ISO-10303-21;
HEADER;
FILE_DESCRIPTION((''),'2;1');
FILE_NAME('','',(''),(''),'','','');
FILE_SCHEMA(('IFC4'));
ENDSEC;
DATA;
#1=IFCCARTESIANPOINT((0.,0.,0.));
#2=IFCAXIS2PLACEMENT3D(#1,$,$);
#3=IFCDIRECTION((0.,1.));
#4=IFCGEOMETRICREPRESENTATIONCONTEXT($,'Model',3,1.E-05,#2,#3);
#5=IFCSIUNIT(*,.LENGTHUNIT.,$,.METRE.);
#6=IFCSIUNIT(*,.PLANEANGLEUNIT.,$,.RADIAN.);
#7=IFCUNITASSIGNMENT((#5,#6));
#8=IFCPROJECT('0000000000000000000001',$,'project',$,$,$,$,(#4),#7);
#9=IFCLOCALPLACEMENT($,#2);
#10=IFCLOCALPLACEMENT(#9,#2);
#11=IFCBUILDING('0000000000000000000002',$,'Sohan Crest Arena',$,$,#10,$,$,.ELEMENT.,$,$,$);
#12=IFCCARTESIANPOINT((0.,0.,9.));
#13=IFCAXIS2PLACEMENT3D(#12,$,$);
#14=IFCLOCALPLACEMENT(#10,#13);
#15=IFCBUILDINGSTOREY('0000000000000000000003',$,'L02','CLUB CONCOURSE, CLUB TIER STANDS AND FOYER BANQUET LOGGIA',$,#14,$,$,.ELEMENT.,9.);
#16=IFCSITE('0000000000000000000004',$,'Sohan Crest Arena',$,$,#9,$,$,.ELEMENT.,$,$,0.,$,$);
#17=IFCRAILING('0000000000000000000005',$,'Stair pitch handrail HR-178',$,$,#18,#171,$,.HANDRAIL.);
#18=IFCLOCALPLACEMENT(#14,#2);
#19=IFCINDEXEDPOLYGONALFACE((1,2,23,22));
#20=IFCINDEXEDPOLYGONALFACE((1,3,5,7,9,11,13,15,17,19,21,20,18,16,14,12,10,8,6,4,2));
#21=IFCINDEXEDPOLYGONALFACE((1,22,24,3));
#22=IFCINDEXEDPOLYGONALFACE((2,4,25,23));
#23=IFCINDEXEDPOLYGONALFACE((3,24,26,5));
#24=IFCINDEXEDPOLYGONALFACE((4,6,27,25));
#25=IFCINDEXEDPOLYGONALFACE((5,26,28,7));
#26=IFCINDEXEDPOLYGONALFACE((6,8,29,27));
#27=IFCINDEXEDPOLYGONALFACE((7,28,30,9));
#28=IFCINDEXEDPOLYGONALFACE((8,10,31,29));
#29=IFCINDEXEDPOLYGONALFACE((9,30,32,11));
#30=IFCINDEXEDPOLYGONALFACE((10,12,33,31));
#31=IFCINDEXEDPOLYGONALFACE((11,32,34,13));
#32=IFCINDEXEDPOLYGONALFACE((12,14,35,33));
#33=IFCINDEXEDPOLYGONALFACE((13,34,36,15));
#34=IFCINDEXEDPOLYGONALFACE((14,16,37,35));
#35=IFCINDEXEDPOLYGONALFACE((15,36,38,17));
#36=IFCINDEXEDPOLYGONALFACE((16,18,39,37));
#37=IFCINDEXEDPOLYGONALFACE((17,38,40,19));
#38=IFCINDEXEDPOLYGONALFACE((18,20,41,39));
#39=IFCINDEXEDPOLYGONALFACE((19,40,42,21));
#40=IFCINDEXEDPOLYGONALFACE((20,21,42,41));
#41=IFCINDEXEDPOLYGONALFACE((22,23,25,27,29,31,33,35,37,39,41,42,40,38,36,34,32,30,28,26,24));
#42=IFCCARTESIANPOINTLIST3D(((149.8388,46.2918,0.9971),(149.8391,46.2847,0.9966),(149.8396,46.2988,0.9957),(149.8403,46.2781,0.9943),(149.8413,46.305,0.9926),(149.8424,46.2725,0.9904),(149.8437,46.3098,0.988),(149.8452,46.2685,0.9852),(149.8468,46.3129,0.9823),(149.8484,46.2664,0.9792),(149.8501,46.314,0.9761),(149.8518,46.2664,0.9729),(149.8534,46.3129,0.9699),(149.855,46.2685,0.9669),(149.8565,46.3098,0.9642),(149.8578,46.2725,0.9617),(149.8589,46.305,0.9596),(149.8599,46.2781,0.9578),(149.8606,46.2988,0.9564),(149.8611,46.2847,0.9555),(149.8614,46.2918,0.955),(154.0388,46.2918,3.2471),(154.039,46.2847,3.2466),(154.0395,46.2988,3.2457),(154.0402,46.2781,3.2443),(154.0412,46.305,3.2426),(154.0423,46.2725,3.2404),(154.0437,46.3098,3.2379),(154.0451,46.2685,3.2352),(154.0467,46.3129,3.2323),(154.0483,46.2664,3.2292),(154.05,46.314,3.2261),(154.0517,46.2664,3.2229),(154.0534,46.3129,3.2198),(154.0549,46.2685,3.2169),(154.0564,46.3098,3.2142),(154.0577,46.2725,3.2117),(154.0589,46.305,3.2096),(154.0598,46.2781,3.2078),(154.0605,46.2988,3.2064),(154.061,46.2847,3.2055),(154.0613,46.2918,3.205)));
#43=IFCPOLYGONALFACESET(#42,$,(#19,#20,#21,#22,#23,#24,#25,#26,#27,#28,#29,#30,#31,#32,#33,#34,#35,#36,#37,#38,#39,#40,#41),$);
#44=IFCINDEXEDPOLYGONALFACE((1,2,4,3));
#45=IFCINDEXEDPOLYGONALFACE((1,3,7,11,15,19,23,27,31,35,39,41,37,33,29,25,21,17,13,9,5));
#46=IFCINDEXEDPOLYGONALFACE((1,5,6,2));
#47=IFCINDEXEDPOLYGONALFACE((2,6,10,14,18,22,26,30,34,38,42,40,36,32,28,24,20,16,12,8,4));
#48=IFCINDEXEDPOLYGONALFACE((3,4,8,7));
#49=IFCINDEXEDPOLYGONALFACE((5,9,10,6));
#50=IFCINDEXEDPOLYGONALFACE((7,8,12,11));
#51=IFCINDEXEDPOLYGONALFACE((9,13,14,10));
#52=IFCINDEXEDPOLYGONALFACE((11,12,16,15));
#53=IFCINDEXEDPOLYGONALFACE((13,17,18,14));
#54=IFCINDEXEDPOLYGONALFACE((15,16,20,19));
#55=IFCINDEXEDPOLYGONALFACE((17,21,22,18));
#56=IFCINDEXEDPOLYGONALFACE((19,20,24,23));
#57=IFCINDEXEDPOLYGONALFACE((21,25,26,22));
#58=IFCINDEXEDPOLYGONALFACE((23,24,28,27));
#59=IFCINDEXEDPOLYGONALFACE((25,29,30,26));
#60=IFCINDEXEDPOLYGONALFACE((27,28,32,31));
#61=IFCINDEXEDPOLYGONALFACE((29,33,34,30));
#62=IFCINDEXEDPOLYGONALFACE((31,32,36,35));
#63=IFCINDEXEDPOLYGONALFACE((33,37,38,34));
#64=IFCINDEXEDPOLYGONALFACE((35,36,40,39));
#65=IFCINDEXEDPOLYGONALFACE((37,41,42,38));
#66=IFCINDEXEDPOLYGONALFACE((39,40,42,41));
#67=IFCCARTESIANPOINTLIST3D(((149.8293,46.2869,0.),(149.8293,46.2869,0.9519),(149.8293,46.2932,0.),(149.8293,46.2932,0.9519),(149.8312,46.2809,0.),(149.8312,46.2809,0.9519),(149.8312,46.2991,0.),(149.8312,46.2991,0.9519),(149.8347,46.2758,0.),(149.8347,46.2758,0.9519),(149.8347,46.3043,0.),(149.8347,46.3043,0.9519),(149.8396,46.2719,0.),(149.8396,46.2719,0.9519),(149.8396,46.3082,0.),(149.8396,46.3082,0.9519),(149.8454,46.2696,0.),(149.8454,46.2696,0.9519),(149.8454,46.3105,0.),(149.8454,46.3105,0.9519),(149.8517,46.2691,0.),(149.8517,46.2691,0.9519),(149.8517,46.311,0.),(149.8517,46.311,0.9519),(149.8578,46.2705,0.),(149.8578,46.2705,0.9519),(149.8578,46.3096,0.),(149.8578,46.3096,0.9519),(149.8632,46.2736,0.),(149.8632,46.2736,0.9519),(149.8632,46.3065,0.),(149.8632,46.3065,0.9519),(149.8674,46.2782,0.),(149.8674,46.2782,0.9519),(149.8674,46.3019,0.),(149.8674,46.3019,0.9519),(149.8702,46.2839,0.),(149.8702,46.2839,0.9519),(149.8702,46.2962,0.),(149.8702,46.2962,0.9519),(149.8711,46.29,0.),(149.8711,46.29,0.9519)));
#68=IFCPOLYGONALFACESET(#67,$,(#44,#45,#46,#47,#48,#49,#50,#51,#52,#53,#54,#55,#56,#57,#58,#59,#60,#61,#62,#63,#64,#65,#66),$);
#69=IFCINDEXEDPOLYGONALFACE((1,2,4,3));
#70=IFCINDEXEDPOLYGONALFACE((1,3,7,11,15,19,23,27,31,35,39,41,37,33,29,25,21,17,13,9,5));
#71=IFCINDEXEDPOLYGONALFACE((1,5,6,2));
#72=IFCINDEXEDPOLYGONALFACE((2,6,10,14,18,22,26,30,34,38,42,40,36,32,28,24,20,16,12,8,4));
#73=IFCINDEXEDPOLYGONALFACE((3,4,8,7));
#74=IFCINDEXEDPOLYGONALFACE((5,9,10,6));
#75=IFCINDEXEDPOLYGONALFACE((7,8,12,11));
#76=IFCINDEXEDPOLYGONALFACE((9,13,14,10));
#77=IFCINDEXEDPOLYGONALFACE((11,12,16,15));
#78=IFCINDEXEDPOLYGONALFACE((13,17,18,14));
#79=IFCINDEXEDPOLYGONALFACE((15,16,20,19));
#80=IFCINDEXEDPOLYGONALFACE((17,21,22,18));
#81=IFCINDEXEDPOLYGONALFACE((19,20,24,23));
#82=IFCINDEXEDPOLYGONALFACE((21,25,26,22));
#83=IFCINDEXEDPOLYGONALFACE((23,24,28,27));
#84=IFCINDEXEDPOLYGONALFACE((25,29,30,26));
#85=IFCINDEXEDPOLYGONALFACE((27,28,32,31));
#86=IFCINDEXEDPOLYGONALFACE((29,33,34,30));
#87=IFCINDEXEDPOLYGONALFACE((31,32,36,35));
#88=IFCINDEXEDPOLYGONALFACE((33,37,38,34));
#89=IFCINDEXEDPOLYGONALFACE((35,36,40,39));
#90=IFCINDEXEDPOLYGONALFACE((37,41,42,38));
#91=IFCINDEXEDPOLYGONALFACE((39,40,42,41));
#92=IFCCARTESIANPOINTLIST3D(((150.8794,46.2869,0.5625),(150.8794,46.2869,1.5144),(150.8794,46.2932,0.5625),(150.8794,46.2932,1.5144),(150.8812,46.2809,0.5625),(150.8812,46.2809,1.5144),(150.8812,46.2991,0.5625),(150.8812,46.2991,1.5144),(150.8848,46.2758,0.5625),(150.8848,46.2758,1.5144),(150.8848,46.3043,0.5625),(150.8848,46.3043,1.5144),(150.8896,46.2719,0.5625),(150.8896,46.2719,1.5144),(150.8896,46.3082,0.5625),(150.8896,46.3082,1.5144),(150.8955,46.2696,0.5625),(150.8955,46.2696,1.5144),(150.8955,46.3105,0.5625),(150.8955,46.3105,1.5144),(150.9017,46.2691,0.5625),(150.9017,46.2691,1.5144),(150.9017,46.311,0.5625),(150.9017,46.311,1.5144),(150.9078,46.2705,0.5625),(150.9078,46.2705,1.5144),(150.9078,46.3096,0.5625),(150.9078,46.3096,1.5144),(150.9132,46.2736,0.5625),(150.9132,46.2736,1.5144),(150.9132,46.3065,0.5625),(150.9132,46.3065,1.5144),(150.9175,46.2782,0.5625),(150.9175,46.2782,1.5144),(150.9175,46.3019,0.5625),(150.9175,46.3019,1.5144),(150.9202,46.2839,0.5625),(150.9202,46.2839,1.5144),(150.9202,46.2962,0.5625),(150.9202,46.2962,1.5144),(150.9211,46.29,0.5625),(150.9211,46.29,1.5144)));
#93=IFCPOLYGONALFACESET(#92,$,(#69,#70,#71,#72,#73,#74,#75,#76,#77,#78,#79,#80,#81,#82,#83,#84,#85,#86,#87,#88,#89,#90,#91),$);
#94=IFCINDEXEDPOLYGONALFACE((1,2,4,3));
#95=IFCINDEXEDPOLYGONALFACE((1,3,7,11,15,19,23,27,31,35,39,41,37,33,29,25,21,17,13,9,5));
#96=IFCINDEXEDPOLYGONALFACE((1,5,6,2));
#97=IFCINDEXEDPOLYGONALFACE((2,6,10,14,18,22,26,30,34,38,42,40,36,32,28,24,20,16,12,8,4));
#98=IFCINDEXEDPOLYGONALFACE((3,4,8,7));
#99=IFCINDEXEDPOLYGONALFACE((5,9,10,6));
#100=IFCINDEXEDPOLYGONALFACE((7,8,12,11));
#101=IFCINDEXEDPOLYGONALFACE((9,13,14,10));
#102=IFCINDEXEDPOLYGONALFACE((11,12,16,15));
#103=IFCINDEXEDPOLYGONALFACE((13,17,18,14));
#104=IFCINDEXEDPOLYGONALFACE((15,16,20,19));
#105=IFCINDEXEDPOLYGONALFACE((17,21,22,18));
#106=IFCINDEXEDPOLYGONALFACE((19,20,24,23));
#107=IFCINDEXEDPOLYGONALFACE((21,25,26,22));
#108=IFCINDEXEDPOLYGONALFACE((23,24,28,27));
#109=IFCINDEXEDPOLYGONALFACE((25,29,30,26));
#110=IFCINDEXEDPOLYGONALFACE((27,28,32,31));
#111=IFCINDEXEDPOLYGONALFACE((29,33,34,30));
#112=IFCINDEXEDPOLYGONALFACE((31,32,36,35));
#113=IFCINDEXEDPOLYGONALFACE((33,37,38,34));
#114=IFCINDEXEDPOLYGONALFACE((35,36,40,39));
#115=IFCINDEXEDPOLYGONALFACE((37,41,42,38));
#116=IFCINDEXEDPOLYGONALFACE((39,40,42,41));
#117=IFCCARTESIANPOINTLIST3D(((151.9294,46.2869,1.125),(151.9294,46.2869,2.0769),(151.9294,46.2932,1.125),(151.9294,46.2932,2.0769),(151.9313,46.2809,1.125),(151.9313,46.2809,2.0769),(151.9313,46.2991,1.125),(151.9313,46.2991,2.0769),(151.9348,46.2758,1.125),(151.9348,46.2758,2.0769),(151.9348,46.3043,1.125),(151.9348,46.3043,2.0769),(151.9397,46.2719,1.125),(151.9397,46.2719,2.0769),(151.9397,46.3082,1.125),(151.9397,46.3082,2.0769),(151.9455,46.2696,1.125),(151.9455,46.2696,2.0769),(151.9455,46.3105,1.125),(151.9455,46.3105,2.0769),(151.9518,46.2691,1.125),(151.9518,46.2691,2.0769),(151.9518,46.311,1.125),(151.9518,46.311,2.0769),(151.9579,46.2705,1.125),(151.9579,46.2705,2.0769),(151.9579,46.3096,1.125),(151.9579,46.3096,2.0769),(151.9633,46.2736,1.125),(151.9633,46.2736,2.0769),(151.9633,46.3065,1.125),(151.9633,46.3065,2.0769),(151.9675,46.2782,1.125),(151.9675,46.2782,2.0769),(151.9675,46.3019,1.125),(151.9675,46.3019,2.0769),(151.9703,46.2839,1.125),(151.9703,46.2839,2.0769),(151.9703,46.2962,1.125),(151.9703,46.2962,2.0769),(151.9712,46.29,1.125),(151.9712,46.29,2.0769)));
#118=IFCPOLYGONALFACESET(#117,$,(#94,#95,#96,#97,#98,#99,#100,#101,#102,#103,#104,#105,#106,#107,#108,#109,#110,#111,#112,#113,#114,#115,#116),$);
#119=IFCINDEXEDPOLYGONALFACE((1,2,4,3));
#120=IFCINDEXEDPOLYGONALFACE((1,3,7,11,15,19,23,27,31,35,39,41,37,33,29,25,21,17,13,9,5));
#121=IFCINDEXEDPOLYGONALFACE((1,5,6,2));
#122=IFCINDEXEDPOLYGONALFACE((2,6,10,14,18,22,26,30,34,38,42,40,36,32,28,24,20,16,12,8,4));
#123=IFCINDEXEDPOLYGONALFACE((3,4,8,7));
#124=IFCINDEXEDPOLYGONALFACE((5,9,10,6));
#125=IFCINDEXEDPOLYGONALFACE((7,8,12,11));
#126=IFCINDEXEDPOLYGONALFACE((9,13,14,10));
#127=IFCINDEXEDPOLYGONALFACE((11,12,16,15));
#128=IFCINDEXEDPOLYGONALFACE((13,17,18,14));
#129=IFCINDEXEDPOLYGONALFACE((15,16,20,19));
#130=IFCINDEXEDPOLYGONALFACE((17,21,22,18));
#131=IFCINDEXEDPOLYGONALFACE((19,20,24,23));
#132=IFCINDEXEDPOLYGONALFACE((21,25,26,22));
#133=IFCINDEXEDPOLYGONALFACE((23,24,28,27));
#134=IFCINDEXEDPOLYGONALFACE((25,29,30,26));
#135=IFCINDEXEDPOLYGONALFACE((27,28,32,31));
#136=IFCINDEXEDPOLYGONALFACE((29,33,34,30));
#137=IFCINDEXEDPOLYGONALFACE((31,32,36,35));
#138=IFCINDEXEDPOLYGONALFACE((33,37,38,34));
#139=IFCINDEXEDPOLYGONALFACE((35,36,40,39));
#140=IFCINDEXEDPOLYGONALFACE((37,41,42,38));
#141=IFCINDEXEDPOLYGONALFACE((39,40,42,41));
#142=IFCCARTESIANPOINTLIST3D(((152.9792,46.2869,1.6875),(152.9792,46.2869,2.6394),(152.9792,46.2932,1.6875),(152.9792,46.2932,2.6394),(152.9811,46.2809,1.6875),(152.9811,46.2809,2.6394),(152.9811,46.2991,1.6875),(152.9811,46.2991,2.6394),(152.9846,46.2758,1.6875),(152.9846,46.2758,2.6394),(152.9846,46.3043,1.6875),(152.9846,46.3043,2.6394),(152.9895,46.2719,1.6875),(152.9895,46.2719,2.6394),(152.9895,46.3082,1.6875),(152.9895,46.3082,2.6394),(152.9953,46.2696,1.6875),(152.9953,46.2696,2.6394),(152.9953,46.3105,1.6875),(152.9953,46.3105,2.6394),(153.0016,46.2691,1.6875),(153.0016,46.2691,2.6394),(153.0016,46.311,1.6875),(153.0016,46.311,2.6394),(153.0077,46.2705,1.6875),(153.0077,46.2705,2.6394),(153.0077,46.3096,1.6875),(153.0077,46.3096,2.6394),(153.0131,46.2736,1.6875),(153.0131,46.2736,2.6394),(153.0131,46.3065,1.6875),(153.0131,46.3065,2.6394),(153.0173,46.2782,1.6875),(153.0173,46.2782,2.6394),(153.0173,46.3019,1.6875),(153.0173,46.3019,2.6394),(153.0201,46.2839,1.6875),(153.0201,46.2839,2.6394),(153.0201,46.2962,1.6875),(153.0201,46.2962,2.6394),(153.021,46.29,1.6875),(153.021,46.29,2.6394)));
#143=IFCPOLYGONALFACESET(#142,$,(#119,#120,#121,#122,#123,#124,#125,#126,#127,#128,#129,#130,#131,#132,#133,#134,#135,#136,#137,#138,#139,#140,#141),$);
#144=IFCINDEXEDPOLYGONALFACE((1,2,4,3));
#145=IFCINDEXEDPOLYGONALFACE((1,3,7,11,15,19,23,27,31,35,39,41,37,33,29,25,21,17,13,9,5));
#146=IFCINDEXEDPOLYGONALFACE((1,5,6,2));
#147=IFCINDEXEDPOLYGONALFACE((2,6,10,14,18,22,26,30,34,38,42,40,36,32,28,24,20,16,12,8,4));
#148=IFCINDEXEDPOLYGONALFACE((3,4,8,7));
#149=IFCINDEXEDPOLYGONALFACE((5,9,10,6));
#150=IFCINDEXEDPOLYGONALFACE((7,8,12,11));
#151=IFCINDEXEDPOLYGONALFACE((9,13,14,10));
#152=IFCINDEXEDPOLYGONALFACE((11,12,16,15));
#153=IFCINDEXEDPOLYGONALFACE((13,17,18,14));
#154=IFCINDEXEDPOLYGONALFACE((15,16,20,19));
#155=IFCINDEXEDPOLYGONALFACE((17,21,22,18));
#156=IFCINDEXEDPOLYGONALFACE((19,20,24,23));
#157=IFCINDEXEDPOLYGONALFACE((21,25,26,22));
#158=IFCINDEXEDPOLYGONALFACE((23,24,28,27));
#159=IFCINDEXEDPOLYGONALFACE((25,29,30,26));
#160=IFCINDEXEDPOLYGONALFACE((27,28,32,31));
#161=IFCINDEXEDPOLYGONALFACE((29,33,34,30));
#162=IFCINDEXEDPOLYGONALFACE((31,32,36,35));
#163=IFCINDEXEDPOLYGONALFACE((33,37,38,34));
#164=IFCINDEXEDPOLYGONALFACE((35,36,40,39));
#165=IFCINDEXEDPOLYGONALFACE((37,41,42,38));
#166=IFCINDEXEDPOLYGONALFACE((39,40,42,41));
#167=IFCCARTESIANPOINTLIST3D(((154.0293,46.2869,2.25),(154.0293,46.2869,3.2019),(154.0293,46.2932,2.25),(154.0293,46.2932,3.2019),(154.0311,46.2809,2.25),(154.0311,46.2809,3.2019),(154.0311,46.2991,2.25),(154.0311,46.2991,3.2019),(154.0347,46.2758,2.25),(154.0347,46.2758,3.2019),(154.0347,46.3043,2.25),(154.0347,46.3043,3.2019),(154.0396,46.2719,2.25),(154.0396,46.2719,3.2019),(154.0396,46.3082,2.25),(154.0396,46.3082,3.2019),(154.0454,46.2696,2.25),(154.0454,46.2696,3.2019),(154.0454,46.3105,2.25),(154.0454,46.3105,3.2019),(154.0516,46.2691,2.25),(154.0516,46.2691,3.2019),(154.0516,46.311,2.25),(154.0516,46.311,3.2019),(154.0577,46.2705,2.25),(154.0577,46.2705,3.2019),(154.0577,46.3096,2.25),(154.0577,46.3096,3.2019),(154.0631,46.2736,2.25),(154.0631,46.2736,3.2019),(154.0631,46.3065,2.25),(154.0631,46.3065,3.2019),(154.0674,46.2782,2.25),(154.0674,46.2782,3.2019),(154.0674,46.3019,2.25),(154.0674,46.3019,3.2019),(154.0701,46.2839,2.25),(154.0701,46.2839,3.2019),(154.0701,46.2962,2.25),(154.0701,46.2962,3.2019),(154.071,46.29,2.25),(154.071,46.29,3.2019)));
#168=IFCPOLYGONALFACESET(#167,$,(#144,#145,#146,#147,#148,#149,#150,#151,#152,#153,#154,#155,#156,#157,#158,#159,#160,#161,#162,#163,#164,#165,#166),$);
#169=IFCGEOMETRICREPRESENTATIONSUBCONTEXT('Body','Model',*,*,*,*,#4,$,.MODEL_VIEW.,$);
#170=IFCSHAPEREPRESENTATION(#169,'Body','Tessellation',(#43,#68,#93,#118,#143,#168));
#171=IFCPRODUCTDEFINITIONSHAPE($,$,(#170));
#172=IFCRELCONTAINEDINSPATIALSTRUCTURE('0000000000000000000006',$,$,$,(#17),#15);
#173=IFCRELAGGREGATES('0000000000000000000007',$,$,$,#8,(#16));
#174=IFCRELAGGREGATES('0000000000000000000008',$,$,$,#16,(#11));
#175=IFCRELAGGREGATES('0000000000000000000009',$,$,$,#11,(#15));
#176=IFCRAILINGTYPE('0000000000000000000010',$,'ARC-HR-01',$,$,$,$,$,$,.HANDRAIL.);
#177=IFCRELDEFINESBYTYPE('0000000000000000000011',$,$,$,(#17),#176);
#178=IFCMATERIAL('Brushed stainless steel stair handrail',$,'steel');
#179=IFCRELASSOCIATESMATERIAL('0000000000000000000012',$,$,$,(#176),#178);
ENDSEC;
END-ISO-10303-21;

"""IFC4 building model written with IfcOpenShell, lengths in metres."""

from ifc_helpers import new_model, si_unit, direction, frame, origin, origin_2d, place, context, subcontext, project, spatial, circle, extrude, material, type_object, element, save


model = new_model("IFC4")

# Units and contexts
model_context = context("Model", 3, precision=1e-05, world=origin(), true_north=direction((0.0, 1.0)))
body_context = subcontext(model_context, "Body", "Model", "MODEL_VIEW")
ifc_project = project(units=[si_unit("LENGTHUNIT", "METRE"), si_unit("PLANEANGLEUNIT", "RADIAN")], contexts=[model_context])

# Site, building, storey
site_placement = place(None, origin())
site = spatial("IfcSite", under=ifc_project, at=site_placement, Name="Sohan Crest Arena", CompositionType="ELEMENT", RefElevation=0.0)
building_placement = place(site_placement, origin())
building = spatial("IfcBuilding", under=site, at=building_placement, Name="Sohan Crest Arena", CompositionType="ELEMENT")
storey_placement = place(building_placement, frame((0.0, 0.0, 9.0)))
storey = spatial("IfcBuildingStorey", under=building, at=storey_placement, Name="L02", Description="CLUB CONCOURSE, CLUB TIER STANDS AND FOYER BANQUET LOGGIA", CompositionType="ELEMENT", Elevation=9.0)

# Railing
ifc_material_1 = material(Name="Brushed stainless steel stair handrail", Category="steel")
railing_type_1 = type_object("IfcRailingType", Name="ARC-HR-01", PredefinedType="HANDRAIL", material=ifc_material_1)
railing_1_placement = place(storey_placement, frame((149.8501, 46.29, 0.0)))
element("IfcRailing", 1, at=railing_1_placement, inside=storey, type_object=railing_type_1, Name="Stair pitch handrail HR-178", PredefinedType="HANDRAIL", context=body_context, shape_type="SweptSolid", body=[
    extrude(circle(Radius=0.0239, at=origin_2d()), frame((0.0, 0.0, 0.9761), z_axis=(0.881478, 0.0, 0.472226), x_axis=(0.0, 1.0, 0.0)), (0.0, 0.0, 1.0), 4.7646),
    extrude(circle(Radius=0.021, at=origin_2d()), origin(), (0.0, 0.0, 1.0), 0.9519),
    extrude(circle(Radius=0.021, at=origin_2d()), frame((1.05, 0.0, 0.5625)), (0.0, 0.0, 1.0), 0.9519),
    extrude(circle(Radius=0.021, at=origin_2d()), frame((2.1001, 0.0, 1.125)), (0.0, 0.0, 1.0), 0.9519),
    extrude(circle(Radius=0.021, at=origin_2d()), frame((3.1499, 0.0, 1.6875)), (0.0, 0.0, 1.0), 0.9519),
    extrude(circle(Radius=0.021, at=origin_2d()), frame((4.2, 0.0, 2.25)), (0.0, 0.0, 1.0), 0.9519),
])

save(model, "model.ifc")
